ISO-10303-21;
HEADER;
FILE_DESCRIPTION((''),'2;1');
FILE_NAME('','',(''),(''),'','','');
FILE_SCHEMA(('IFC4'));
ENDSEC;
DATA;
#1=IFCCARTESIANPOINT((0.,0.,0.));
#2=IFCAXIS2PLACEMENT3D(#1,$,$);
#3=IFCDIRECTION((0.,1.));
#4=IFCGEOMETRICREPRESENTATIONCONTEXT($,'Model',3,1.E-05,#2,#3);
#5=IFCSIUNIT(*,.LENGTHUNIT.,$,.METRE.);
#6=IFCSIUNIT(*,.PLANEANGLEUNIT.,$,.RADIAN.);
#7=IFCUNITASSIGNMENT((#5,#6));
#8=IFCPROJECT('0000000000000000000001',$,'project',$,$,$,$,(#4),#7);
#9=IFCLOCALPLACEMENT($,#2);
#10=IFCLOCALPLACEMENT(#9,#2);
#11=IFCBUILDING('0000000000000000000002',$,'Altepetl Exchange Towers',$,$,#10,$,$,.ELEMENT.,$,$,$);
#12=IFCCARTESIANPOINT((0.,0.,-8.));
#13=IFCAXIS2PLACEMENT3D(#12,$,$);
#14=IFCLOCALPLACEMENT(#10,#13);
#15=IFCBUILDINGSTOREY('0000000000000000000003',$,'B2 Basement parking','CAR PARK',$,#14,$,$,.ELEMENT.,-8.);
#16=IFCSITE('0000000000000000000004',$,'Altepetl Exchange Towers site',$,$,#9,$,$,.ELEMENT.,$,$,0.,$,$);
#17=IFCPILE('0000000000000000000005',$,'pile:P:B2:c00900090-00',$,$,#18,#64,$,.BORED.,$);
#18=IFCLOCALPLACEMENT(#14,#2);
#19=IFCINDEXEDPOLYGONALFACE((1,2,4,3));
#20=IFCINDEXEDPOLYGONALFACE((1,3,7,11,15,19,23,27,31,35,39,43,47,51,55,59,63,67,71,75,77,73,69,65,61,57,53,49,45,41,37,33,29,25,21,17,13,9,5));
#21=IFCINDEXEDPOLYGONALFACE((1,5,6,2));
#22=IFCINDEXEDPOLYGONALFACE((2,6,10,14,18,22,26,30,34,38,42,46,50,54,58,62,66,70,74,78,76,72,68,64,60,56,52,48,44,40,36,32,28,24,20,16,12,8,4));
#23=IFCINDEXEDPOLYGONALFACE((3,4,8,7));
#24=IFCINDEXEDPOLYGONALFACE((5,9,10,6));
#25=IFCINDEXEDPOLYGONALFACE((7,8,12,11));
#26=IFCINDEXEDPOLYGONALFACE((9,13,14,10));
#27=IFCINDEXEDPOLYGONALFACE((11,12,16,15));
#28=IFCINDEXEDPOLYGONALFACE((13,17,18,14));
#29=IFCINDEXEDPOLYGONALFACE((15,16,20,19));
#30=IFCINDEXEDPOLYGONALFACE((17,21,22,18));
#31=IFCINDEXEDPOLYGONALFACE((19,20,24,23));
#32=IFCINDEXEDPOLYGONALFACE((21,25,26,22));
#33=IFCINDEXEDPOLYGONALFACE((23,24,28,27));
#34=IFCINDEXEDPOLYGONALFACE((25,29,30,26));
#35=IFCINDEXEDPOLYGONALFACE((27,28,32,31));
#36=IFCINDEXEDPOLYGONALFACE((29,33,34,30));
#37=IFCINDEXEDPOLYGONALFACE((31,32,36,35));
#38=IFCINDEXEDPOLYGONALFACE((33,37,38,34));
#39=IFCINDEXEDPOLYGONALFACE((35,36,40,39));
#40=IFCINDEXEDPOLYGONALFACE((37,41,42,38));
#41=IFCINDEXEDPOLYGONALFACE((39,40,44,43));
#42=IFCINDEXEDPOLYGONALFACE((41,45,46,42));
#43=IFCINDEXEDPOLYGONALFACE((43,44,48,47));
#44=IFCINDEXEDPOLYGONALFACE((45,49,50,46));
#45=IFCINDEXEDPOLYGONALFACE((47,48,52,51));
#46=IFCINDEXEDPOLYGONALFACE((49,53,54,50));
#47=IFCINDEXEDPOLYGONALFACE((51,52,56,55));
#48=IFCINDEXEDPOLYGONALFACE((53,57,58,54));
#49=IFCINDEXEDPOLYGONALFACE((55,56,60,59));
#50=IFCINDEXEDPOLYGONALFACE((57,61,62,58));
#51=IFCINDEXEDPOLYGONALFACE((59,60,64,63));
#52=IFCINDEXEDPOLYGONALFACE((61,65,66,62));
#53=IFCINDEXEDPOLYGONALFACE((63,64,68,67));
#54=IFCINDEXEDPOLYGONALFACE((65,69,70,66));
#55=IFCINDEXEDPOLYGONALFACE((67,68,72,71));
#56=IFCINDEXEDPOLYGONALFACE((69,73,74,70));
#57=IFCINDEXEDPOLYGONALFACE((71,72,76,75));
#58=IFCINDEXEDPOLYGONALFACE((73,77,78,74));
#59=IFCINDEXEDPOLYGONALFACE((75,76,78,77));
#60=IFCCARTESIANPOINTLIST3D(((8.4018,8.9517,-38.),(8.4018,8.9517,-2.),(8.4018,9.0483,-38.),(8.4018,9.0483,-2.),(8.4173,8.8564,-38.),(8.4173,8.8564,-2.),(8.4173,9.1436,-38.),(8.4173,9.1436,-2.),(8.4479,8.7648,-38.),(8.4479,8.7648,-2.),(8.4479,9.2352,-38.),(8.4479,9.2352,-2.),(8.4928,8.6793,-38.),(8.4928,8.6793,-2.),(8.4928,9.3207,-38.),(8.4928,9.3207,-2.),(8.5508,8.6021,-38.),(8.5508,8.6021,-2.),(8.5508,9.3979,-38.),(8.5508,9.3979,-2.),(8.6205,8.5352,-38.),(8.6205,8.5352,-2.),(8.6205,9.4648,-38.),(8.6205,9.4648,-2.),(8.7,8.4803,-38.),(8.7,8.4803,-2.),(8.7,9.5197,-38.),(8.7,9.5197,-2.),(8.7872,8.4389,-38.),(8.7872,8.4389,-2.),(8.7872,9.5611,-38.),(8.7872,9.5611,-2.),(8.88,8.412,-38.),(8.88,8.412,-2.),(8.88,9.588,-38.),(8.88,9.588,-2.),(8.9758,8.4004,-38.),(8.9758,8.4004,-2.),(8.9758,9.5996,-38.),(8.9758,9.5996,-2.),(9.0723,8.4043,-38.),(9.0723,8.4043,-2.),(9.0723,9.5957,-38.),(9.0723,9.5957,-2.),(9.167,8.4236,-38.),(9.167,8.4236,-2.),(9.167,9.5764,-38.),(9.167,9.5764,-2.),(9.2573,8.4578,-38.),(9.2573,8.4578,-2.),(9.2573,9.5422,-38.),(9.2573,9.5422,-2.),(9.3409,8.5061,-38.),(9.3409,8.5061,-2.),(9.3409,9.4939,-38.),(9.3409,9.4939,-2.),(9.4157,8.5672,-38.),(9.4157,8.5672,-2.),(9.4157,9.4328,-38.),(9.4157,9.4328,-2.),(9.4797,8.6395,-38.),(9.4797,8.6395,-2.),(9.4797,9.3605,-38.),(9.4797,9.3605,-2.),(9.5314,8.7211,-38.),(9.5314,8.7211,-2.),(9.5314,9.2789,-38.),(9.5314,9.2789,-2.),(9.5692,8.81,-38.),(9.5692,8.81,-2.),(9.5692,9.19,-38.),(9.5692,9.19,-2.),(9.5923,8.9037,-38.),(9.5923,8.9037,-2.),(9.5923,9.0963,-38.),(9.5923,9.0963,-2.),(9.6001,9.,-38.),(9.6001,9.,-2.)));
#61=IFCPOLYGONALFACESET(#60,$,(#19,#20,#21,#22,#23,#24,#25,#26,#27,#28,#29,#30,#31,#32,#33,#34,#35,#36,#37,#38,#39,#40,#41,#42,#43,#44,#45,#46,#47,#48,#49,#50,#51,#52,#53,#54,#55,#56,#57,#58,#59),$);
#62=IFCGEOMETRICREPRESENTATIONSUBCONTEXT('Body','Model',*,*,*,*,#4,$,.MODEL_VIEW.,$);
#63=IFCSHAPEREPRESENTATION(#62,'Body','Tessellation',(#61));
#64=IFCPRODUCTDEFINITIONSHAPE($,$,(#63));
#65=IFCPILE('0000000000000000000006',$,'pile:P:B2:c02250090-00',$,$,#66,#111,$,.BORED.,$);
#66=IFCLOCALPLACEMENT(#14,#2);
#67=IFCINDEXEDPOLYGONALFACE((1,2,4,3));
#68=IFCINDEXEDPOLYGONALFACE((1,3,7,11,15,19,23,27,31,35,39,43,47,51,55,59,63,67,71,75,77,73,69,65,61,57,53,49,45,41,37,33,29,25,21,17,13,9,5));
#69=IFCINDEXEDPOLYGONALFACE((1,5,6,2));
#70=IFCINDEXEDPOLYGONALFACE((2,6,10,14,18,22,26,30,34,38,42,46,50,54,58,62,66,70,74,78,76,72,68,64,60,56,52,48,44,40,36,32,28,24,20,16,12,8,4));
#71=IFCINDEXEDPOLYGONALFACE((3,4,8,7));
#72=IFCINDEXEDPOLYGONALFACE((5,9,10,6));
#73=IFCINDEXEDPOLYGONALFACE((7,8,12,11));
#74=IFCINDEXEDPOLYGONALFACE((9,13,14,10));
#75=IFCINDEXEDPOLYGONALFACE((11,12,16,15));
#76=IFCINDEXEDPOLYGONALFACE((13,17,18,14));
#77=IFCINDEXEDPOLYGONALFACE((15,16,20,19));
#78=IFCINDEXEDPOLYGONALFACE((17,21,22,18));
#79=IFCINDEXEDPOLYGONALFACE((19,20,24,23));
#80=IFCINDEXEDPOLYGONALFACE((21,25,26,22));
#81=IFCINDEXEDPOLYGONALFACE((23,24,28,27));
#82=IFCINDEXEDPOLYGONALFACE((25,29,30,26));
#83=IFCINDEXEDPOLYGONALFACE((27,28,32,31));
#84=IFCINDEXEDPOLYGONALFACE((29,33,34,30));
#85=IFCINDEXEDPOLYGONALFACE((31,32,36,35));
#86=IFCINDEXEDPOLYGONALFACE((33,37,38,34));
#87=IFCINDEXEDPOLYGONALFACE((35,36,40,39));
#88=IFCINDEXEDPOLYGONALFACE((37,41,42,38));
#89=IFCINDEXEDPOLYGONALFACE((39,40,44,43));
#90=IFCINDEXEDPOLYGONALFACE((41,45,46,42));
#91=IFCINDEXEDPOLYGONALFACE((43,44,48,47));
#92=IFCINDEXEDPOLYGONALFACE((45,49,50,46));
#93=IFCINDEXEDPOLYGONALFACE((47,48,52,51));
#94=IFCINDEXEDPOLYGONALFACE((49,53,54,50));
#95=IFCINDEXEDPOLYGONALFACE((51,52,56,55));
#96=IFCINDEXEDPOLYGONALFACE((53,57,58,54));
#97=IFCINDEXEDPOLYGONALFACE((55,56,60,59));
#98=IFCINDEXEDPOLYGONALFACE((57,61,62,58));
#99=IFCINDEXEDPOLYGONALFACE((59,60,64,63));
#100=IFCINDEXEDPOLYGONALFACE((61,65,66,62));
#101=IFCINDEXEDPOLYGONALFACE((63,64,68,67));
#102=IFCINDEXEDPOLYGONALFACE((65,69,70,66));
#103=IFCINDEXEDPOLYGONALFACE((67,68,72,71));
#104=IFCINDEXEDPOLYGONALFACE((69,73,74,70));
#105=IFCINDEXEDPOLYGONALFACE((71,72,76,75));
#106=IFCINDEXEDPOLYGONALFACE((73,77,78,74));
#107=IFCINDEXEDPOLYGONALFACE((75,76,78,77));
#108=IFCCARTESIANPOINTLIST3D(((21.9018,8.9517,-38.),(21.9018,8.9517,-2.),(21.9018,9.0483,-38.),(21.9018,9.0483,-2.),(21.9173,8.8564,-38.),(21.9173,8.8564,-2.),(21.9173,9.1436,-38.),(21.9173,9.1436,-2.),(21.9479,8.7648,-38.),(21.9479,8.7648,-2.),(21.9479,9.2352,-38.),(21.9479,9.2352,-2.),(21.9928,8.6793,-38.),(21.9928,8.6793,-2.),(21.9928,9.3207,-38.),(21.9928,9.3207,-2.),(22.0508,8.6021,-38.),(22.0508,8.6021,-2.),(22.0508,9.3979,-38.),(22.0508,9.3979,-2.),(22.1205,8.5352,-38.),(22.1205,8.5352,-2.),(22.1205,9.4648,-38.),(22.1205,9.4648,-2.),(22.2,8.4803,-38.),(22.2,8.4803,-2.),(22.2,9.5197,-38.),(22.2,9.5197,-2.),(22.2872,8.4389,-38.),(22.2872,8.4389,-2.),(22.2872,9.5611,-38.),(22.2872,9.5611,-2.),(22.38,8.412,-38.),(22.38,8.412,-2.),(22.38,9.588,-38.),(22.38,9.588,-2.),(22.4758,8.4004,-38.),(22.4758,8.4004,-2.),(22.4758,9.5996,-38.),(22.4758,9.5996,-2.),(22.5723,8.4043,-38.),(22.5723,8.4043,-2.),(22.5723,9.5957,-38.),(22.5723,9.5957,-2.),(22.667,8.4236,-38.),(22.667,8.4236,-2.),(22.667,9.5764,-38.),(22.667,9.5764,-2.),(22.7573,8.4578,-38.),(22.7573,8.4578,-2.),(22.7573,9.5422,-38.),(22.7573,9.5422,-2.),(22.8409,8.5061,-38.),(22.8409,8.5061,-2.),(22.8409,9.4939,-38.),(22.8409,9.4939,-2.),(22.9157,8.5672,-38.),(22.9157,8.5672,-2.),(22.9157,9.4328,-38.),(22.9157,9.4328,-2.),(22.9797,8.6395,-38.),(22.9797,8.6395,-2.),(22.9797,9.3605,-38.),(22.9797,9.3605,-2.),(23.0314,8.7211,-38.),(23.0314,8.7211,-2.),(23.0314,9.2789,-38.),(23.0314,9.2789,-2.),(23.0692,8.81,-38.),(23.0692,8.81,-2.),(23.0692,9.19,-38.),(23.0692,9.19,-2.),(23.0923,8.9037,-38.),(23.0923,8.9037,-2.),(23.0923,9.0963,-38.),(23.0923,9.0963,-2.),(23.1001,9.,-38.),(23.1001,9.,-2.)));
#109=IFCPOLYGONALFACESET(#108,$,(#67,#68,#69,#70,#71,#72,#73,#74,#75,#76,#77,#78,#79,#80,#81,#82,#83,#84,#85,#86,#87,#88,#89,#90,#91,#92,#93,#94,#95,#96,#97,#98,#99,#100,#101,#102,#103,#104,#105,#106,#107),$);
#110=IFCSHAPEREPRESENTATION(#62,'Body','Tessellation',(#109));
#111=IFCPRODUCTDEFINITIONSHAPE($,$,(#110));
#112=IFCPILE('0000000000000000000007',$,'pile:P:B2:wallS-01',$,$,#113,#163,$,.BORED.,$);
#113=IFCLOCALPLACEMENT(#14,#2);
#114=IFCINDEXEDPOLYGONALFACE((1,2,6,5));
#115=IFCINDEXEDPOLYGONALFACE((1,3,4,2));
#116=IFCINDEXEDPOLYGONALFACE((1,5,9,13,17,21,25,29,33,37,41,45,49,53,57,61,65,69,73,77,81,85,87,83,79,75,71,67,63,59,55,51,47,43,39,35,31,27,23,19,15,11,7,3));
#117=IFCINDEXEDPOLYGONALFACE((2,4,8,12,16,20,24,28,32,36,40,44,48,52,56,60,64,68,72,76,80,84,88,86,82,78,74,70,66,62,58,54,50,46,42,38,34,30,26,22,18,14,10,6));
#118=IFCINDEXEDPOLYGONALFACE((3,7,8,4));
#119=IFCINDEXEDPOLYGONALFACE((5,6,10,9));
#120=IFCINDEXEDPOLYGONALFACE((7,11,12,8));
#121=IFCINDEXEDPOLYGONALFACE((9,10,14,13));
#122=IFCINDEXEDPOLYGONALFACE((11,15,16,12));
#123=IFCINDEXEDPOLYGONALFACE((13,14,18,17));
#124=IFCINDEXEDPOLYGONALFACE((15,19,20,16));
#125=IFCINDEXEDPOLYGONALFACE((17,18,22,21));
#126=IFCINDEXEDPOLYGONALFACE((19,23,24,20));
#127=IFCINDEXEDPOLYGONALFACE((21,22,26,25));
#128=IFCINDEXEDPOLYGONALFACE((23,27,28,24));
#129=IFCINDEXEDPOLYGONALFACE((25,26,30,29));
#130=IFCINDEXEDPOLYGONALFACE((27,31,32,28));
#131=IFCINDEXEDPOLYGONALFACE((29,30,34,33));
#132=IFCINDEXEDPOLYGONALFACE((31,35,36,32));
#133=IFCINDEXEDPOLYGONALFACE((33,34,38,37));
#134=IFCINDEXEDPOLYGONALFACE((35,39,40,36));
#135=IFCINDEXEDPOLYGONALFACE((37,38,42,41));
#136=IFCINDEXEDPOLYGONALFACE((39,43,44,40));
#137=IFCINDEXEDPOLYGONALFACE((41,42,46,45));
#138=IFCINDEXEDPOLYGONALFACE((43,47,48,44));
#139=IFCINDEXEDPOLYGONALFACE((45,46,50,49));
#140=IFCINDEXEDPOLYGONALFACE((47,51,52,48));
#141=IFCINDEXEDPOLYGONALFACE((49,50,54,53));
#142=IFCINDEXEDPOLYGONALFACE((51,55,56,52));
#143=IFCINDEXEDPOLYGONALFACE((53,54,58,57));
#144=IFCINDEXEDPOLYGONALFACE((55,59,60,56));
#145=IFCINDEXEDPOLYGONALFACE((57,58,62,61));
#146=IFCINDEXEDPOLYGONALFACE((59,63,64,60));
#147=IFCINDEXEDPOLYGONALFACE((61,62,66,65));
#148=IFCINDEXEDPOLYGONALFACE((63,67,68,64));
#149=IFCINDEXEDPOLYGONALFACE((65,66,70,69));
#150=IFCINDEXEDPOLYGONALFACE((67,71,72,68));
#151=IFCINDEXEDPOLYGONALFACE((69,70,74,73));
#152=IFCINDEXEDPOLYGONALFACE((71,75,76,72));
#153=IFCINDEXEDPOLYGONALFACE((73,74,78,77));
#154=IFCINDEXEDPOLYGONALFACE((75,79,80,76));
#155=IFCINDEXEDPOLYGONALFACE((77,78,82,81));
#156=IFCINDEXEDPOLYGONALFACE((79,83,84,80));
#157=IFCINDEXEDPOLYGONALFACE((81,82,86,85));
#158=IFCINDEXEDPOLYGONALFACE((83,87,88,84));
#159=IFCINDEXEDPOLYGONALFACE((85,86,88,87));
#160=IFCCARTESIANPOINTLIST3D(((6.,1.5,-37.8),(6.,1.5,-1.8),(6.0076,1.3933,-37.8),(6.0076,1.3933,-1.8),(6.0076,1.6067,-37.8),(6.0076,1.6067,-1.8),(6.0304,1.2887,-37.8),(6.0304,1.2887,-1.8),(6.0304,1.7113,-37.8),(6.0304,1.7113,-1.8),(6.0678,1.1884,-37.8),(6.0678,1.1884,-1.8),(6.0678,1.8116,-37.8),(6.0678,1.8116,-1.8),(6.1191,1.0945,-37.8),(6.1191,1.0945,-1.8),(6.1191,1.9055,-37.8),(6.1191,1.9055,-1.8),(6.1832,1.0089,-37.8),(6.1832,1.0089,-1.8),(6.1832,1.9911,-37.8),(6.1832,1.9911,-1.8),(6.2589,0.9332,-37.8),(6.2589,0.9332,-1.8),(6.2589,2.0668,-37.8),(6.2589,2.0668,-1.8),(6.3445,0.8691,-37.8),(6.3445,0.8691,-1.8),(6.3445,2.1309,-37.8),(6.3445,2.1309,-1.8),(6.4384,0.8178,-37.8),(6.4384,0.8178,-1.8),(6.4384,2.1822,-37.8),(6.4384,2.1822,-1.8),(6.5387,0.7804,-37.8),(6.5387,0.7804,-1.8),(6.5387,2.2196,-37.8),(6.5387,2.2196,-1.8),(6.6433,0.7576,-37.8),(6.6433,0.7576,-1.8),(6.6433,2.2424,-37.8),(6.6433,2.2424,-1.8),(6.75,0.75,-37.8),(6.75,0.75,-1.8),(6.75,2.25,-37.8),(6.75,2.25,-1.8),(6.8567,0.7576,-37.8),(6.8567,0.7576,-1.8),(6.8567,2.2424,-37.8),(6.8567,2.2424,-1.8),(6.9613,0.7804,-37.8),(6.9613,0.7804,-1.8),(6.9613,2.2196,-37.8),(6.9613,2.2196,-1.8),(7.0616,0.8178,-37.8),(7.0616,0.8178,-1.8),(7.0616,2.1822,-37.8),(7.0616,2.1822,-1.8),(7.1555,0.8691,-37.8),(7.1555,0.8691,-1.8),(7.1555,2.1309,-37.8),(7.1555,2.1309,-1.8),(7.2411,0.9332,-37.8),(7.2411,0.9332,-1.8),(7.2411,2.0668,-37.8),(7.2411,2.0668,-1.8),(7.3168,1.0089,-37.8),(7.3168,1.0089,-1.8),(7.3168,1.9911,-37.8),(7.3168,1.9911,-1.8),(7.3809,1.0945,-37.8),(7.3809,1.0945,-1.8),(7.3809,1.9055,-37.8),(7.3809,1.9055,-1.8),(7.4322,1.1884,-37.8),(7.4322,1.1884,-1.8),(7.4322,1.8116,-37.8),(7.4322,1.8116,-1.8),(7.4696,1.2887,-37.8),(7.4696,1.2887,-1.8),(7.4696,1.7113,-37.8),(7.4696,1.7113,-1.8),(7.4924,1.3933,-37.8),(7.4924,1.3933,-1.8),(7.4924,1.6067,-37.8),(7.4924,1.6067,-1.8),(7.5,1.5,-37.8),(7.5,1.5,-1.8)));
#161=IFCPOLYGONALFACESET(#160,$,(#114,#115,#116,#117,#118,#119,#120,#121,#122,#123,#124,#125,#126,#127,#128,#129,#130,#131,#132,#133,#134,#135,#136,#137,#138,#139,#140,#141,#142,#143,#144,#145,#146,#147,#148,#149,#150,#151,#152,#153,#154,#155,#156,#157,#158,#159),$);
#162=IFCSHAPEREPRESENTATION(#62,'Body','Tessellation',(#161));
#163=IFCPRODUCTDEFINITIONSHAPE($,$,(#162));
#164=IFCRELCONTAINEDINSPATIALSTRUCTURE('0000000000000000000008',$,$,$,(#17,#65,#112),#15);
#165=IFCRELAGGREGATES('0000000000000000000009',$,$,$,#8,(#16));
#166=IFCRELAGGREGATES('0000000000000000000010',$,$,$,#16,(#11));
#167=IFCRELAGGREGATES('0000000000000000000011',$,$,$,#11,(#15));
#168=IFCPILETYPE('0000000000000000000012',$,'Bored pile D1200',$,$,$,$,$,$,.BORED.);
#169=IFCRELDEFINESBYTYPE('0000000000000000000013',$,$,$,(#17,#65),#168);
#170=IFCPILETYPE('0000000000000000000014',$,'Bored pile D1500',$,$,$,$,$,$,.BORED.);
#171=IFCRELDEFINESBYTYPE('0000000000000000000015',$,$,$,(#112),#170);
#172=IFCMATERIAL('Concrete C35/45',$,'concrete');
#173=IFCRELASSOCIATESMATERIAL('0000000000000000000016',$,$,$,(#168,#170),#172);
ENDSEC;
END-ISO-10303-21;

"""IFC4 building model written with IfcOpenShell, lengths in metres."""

from ifc_helpers import new_model, si_unit, direction, frame, origin, origin_2d, place, context, subcontext, project, spatial, circle, extrude, material, material_profile, profile_set, type_object, element, save


model = new_model("IFC4")

# Units and contexts
model_context = context("Model", 3, precision=1e-05, world=origin(), true_north=direction((0.0, 1.0)))
body_context = subcontext(model_context, "Body", "Model", "MODEL_VIEW")
ifc_project = project(units=[si_unit("LENGTHUNIT", "METRE"), si_unit("PLANEANGLEUNIT", "RADIAN")], contexts=[model_context])

# Site, building, storey
site_placement = place(None, origin())
site = spatial("IfcSite", under=ifc_project, at=site_placement, Name="Altepetl Exchange Towers site", CompositionType="ELEMENT", RefElevation=0.0)
building_placement = place(site_placement, origin())
building = spatial("IfcBuilding", under=site, at=building_placement, Name="Altepetl Exchange Towers", CompositionType="ELEMENT")
storey_placement = place(building_placement, frame((0.0, 0.0, -8.0)))
storey = spatial("IfcBuildingStorey", under=building, at=storey_placement, Name="B2 Basement parking", Description="CAR PARK", CompositionType="ELEMENT", Elevation=-8.0)

# Piles
ifc_material_1 = material(Name="Concrete C35/45", Category="concrete")
ifc_material_profile_1 = material_profile(ifc_material_1, circle(Radius=0.6001, at=origin_2d()), Name="D1200")
ifc_profile_set_1 = profile_set([ifc_material_profile_1], Name="Concrete C35/45")
pile_type_1 = type_object("IfcPileType", Name="Bored pile D1200", PredefinedType="BORED", material=ifc_profile_set_1)
for number, where, z_axis, x_axis, name in (
    (1, (9.0, 9.0, -2.0), (0.0, 0.0, -1.0), (1.0, 0.0, 0.0), "pile:P:B2:c00900090-00"),
    (2, (22.5, 9.0, -2.0), (0.0, 0.0, -1.0), (1.0, 0.0, 0.0), "pile:P:B2:c02250090-00"),
):
    element("IfcPile", number, at=place(storey_placement, frame(where, z_axis=z_axis, x_axis=x_axis)), inside=storey, type_object=pile_type_1, Name=name, PredefinedType="BORED", context=body_context, shape_type="SweptSolid", body=[
        extrude(circle(Radius=0.6001, at=origin_2d()), origin(), (0.0, 0.0, 1.0), 36.0),
    ])
ifc_material_profile_2 = material_profile(ifc_material_1, circle(Radius=0.75, at=origin_2d()), Name="D1500")
ifc_profile_set_2 = profile_set([ifc_material_profile_2], Name="Concrete C35/45")
pile_type_2 = type_object("IfcPileType", Name="Bored pile D1500", PredefinedType="BORED", material=ifc_profile_set_2)
for number, where, z_axis, x_axis, name in (
    (3, (6.75, 1.5, -1.8), (0.0, 0.0, -1.0), (1.0, 0.0, 0.0), "pile:P:B2:wallS-01"),
):
    element("IfcPile", number, at=place(storey_placement, frame(where, z_axis=z_axis, x_axis=x_axis)), inside=storey, type_object=pile_type_2, Name=name, PredefinedType="BORED", context=body_context, shape_type="SweptSolid", body=[
        extrude(circle(Radius=0.75, at=origin_2d()), origin(), (0.0, 0.0, 1.0), 36.0),
    ])

save(model, "model.ifc")
